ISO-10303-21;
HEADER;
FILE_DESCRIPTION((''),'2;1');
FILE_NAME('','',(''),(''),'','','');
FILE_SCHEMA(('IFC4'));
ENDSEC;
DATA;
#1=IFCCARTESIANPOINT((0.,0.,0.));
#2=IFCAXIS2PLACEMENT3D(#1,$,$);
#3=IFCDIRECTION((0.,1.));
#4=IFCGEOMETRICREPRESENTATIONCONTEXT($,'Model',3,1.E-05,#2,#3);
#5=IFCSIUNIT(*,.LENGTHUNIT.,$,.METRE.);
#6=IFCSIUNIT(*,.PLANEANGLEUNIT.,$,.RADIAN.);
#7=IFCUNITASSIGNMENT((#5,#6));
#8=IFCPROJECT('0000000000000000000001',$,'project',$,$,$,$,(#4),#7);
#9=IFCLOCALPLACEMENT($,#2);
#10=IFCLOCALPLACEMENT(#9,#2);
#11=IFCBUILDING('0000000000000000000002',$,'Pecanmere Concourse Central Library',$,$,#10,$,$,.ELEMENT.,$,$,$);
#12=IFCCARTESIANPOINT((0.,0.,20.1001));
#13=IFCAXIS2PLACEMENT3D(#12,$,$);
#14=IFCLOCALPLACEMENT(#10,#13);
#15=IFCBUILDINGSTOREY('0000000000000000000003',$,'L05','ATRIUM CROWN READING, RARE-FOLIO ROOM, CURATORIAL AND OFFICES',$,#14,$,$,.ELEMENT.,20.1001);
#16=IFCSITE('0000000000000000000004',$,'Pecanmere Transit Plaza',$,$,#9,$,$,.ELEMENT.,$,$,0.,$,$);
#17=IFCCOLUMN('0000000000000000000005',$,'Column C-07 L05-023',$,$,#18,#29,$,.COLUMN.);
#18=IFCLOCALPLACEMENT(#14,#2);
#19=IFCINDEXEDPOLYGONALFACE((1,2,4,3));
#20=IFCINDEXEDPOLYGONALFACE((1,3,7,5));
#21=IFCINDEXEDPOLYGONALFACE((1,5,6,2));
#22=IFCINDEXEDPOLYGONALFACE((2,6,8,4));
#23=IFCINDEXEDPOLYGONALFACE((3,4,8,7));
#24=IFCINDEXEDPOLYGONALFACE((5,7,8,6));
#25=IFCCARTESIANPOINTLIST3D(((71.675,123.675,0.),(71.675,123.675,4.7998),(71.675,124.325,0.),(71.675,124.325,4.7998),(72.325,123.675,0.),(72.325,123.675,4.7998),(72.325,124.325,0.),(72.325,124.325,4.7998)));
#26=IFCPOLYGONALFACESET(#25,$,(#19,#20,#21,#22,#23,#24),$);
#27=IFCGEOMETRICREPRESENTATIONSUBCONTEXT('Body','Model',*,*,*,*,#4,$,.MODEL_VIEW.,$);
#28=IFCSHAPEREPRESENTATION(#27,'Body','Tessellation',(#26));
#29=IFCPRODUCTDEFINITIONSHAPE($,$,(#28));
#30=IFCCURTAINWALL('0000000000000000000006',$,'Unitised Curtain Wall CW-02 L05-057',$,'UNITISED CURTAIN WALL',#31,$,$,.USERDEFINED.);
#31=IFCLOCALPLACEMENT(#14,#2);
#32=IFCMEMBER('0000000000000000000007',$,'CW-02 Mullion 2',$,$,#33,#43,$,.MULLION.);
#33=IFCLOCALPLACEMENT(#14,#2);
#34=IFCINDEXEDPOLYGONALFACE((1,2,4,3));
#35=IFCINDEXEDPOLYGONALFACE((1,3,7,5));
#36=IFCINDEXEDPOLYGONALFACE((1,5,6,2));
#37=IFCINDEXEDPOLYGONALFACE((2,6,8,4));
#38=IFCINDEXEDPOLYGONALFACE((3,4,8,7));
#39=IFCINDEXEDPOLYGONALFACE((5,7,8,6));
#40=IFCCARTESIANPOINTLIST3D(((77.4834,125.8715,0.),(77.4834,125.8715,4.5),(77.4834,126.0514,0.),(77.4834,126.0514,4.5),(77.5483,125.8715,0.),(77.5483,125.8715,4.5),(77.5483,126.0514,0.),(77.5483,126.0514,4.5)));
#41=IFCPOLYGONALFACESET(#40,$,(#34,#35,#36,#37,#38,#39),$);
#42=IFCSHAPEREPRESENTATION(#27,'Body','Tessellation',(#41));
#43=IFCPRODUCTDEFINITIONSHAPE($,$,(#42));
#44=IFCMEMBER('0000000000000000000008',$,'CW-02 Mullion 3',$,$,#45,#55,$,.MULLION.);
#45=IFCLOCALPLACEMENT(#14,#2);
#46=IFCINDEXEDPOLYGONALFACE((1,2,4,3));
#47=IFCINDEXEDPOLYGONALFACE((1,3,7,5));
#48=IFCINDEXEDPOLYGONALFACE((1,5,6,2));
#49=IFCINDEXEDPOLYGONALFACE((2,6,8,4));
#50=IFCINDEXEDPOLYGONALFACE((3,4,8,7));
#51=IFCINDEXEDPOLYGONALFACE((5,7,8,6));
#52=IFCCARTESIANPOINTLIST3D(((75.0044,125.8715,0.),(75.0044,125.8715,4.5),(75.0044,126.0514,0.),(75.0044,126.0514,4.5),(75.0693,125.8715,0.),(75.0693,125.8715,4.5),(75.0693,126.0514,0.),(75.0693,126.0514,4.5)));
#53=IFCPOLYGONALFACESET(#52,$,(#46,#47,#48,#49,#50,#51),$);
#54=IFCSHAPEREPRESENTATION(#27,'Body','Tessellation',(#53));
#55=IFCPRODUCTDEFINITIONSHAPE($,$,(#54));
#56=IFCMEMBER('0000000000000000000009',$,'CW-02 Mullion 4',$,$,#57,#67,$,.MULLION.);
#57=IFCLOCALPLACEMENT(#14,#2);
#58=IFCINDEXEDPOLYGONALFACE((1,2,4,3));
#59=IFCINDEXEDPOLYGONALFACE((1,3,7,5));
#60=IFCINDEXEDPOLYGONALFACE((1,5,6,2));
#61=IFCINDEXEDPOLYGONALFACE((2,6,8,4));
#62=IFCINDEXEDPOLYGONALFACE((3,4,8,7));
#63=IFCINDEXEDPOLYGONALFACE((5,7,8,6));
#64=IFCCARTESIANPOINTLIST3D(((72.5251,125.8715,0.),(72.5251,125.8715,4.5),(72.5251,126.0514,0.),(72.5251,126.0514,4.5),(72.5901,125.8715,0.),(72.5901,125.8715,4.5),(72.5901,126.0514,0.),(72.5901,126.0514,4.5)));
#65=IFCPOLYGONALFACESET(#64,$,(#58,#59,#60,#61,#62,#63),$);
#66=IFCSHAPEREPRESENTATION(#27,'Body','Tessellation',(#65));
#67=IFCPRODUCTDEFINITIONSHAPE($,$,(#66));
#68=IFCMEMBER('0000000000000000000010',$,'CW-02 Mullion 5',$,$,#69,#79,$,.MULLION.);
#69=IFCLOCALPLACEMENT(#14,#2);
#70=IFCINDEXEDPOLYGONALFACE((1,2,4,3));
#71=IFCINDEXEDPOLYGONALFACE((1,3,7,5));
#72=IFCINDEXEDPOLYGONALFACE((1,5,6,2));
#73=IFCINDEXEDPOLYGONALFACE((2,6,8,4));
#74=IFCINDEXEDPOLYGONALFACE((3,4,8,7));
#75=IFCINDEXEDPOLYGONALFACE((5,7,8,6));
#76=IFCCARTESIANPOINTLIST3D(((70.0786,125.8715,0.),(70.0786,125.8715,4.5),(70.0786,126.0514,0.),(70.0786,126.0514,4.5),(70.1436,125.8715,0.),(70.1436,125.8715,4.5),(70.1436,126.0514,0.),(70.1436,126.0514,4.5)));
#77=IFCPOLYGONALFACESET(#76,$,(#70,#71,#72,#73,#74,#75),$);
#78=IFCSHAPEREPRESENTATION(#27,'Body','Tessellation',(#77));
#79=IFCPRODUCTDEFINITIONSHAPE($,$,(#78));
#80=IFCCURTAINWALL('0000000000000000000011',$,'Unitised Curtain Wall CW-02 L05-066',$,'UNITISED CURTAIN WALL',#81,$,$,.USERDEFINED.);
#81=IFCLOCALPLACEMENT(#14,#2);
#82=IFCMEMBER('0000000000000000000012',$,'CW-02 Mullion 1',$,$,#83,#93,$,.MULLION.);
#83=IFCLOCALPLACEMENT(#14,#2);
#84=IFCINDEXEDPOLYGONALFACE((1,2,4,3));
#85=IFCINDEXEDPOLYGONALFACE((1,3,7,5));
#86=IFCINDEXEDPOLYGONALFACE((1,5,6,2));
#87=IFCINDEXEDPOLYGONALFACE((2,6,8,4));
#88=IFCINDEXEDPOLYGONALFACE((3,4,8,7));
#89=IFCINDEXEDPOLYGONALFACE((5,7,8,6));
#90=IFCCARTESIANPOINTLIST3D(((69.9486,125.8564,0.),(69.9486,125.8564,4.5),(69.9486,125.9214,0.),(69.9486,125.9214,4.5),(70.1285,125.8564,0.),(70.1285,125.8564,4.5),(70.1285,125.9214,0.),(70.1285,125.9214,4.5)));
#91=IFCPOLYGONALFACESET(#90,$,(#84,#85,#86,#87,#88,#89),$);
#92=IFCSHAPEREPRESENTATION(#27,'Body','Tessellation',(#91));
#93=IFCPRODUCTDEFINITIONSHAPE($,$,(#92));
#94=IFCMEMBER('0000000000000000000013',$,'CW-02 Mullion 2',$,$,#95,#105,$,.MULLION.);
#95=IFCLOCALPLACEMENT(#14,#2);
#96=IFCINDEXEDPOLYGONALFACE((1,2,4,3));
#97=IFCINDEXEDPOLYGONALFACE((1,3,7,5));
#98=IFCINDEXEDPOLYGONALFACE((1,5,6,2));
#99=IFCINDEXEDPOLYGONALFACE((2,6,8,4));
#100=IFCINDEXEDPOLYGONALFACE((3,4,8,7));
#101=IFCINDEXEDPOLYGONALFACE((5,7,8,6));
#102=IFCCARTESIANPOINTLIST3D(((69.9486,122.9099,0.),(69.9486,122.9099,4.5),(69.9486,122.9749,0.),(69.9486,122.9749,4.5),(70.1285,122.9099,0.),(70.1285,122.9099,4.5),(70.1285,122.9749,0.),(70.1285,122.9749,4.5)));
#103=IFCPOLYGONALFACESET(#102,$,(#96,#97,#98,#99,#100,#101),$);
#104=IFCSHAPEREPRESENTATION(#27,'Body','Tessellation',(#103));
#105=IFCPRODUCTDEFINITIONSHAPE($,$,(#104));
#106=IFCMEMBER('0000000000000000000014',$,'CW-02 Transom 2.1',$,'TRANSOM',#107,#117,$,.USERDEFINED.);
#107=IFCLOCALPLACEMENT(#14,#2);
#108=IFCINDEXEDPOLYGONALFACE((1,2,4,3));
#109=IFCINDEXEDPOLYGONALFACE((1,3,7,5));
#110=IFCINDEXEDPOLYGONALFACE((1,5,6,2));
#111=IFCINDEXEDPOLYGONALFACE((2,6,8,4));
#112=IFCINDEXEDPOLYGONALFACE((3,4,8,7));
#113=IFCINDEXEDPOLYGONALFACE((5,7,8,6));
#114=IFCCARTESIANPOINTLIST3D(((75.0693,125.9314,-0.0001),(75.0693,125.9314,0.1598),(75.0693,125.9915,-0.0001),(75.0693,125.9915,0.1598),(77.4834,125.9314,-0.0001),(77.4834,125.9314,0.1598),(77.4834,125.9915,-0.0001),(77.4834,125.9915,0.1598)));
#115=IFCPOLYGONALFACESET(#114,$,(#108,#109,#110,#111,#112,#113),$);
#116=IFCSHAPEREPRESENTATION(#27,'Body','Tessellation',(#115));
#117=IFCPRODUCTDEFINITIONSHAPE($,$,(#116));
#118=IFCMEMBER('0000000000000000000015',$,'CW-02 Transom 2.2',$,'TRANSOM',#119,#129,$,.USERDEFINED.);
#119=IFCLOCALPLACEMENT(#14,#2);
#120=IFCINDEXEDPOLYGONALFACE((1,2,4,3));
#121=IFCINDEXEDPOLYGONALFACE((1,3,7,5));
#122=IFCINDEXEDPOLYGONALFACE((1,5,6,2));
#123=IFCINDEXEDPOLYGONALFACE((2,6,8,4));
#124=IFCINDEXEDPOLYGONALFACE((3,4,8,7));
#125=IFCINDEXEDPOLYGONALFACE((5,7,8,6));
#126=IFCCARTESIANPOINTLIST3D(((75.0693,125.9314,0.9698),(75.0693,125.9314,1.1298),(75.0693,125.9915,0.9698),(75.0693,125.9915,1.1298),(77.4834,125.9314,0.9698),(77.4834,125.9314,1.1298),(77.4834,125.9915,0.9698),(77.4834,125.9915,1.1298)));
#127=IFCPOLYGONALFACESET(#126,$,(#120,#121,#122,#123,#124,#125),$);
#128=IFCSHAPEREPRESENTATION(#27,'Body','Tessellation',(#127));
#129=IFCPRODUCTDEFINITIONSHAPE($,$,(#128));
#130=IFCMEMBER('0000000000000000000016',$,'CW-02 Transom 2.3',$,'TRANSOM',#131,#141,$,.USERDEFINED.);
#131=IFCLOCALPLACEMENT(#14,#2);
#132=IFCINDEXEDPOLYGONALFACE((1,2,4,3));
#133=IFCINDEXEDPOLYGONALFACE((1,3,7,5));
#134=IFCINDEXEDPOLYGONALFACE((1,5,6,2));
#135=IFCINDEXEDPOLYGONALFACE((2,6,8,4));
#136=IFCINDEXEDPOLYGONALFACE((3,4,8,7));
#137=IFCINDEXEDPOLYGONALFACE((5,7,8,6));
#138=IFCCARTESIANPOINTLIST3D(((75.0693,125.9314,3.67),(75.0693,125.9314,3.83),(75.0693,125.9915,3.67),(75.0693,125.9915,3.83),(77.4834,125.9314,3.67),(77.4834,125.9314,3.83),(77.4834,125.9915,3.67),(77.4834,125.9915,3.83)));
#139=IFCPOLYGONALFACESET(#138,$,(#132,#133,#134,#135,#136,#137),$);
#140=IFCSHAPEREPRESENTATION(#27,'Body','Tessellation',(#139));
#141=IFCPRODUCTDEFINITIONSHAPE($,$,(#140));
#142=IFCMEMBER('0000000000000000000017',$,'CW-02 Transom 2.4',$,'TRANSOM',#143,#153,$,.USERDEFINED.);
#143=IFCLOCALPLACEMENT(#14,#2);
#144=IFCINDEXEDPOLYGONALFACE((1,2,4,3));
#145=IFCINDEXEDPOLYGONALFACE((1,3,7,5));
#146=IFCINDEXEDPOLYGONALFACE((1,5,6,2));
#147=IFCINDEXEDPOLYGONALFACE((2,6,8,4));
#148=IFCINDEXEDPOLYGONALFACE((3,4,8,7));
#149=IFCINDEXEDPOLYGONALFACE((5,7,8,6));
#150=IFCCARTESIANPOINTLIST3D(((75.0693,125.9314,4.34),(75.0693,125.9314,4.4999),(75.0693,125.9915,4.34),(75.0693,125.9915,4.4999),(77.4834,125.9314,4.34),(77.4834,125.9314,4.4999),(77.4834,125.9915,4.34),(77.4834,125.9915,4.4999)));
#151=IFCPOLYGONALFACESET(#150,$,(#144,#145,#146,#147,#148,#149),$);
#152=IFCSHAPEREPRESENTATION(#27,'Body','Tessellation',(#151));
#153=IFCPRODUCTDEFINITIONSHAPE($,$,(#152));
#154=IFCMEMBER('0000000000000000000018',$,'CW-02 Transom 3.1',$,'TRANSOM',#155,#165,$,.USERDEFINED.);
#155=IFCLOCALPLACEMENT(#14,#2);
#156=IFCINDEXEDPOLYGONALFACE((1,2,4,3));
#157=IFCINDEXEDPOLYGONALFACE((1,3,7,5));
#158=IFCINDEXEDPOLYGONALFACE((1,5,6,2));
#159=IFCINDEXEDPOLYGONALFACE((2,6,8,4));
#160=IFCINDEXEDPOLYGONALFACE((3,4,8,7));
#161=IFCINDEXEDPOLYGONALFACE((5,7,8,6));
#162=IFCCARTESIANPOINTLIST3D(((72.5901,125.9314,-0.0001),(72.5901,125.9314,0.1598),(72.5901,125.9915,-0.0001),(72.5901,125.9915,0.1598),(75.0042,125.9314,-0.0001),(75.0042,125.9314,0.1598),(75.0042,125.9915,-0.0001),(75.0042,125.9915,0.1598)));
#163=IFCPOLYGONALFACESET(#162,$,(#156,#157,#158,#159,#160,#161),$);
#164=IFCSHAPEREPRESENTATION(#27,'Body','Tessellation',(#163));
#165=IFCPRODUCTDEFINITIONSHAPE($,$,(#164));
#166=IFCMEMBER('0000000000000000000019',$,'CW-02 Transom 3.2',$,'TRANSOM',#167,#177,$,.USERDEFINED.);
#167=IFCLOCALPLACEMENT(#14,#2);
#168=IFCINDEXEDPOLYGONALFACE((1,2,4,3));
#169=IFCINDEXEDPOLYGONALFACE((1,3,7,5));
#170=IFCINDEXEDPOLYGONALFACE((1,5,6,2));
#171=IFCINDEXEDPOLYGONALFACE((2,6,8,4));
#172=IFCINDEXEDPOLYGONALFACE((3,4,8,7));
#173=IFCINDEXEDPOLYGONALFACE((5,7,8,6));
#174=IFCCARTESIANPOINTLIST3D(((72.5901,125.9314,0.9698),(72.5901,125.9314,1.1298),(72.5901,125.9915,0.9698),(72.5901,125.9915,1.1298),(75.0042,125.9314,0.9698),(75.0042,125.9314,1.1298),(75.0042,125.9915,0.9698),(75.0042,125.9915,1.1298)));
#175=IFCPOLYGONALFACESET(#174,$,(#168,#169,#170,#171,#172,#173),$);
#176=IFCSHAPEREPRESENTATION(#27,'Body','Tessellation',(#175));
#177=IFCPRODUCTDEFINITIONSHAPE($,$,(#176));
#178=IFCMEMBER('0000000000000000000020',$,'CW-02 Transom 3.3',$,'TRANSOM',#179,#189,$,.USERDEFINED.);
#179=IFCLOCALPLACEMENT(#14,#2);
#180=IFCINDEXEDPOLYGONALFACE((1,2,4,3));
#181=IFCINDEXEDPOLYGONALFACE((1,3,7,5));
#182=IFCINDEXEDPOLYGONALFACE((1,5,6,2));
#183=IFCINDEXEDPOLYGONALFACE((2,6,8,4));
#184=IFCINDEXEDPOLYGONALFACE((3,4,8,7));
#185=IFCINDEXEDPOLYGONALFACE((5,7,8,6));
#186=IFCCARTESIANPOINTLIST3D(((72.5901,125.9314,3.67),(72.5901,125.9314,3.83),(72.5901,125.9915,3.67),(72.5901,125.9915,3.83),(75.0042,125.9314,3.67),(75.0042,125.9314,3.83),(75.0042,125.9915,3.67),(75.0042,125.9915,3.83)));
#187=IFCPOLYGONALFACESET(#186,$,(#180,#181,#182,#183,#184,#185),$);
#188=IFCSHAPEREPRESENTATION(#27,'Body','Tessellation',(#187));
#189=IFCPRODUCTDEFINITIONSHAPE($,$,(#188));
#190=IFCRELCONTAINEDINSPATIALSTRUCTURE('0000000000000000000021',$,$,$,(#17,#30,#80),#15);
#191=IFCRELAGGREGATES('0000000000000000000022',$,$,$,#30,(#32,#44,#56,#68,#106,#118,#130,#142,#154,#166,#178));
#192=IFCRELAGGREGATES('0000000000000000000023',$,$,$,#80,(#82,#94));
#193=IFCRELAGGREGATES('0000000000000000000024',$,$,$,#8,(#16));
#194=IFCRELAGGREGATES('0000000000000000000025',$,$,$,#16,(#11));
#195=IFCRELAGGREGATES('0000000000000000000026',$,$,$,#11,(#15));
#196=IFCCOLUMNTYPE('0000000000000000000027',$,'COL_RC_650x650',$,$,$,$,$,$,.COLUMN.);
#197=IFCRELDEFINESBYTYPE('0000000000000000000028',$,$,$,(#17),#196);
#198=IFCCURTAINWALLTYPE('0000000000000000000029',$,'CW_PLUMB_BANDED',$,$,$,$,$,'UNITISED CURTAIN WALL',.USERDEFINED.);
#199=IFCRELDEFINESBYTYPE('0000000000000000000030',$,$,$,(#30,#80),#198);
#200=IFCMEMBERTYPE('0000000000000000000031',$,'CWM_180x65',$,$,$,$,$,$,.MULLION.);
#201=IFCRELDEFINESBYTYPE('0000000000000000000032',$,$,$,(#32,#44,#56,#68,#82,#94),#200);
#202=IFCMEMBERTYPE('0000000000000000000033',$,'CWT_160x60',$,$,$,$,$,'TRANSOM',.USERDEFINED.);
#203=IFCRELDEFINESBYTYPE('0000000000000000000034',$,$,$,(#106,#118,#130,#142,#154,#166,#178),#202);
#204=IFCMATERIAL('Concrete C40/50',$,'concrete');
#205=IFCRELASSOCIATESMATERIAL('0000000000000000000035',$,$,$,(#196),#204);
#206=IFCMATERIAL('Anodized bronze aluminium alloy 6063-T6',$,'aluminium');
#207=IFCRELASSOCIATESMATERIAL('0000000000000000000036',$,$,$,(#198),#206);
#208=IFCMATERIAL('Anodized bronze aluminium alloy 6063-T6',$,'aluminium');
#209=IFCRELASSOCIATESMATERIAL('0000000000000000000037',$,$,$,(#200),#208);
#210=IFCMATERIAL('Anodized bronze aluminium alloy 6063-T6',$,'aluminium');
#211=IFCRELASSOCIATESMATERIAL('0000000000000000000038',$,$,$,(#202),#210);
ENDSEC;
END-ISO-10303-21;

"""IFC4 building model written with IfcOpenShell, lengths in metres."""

from ifc_helpers import new_model, si_unit, direction, frame, origin, origin_2d, place, context, subcontext, project, spatial, rectangle, extrude, material, material_profile, profile_set, type_object, element, aggregate, save


model = new_model("IFC4")

# Units and contexts
model_context = context("Model", 3, precision=1e-05, world=origin(), true_north=direction((0.0, 1.0)))
body_context = subcontext(model_context, "Body", "Model", "MODEL_VIEW")
ifc_project = project(units=[si_unit("LENGTHUNIT", "METRE"), si_unit("PLANEANGLEUNIT", "RADIAN")], contexts=[model_context])

# Site, building, storey
site_placement = place(None, origin())
site = spatial("IfcSite", under=ifc_project, at=site_placement, Name="Pecanmere Transit Plaza", CompositionType="ELEMENT", RefElevation=0.0)
building_placement = place(site_placement, origin())
building = spatial("IfcBuilding", under=site, at=building_placement, Name="Pecanmere Concourse Central Library", CompositionType="ELEMENT")
storey_placement = place(building_placement, frame((0.0, 0.0, 20.1001)))
storey = spatial("IfcBuildingStorey", under=building, at=storey_placement, Name="L05", Description="ATRIUM CROWN READING, RARE-FOLIO ROOM, CURATORIAL AND OFFICES", CompositionType="ELEMENT", Elevation=20.1001)

# Column
ifc_material_1 = material(Name="Concrete C40/50", Category="concrete")
ifc_material_profile_1 = material_profile(ifc_material_1, rectangle(XDim=0.6499, YDim=0.6499, at=origin_2d()), Name="RC 650x650")
ifc_profile_set_1 = profile_set([ifc_material_profile_1], Name="Concrete C40/50")
column_type = type_object("IfcColumnType", Name="COL_RC_650x650", PredefinedType="COLUMN", material=ifc_profile_set_1)
column_placement = place(storey_placement, frame((72.0, 124.0, 0.0), z_axis=(0.0, 0.0, 1.0), x_axis=(1.0, 0.0, 0.0)))
element("IfcColumn", 1, at=column_placement, inside=storey, type_object=column_type, Name="Column C-07 L05-023", PredefinedType="COLUMN", context=body_context, shape_type="SweptSolid", body=[
    extrude(rectangle(XDim=0.6499, YDim=0.6499, at=origin_2d()), origin(), (0.0, 0.0, 1.0), 4.7998),
])

# Curtain walls, members
ifc_material_2 = material(Name="Anodized bronze aluminium alloy 6063-T6", Category="aluminium")
curtain_wall_type = type_object("IfcCurtainWallType", Name="CW_PLUMB_BANDED", ElementType="UNITISED CURTAIN WALL", PredefinedType="USERDEFINED", material=ifc_material_2)
curtain_wall_1_placement = place(storey_placement, origin())
curtain_wall_1 = element("IfcCurtainWall", 2, at=curtain_wall_1_placement, inside=storey, type_object=curtain_wall_type, Name="Unitised Curtain Wall CW-02 L05-057", ObjectType="UNITISED CURTAIN WALL", PredefinedType="USERDEFINED")
ifc_material_3 = material(Name="Anodized bronze aluminium alloy 6063-T6", Category="aluminium")
ifc_material_profile_2 = material_profile(ifc_material_3, rectangle(XDim=0.0649, YDim=0.1799, at=origin_2d()), Name="AL 65x180")
ifc_profile_set_2 = profile_set([ifc_material_profile_2], Name="Anodized bronze aluminium alloy 6063-T6")
member_type_1 = type_object("IfcMemberType", Name="CWM_180x65", PredefinedType="MULLION", material=ifc_profile_set_2)
member_1_placement = place(storey_placement, frame((77.5159, 125.9614, 0.0), z_axis=(0.0, 0.0, 1.0), x_axis=(-1.0, 0.0, 0.0)))
member_1 = element("IfcMember", 3, at=member_1_placement, type_object=member_type_1, Name="CW-02 Mullion 2", PredefinedType="MULLION", context=body_context, shape_type="SweptSolid", body=[
    extrude(rectangle(XDim=0.0649, YDim=0.1799, at=origin_2d()), origin(), (0.0, 0.0, 1.0), 4.5),
])
member_2_placement = place(storey_placement, frame((75.0369, 125.9614, 0.0), z_axis=(0.0, 0.0, 1.0), x_axis=(-1.0, 0.0, 0.0)))
member_2 = element("IfcMember", 4, at=member_2_placement, type_object=member_type_1, Name="CW-02 Mullion 3", PredefinedType="MULLION", context=body_context, shape_type="SweptSolid", body=[
    extrude(rectangle(XDim=0.0649, YDim=0.1799, at=origin_2d()), origin(), (0.0, 0.0, 1.0), 4.5),
])
member_3_placement = place(storey_placement, frame((72.5576, 125.9614, 0.0), z_axis=(0.0, 0.0, 1.0), x_axis=(-1.0, 0.0, 0.0)))
member_3 = element("IfcMember", 5, at=member_3_placement, type_object=member_type_1, Name="CW-02 Mullion 4", PredefinedType="MULLION", context=body_context, shape_type="SweptSolid", body=[
    extrude(rectangle(XDim=0.0649, YDim=0.1799, at=origin_2d()), origin(), (0.0, 0.0, 1.0), 4.5),
])
member_4_placement = place(storey_placement, frame((70.1111, 125.9614, 0.0), z_axis=(0.0, 0.0, 1.0), x_axis=(-1.0, 0.0, 0.0)))
member_4 = element("IfcMember", 6, at=member_4_placement, type_object=member_type_1, Name="CW-02 Mullion 5", PredefinedType="MULLION", context=body_context, shape_type="SweptSolid", body=[
    extrude(rectangle(XDim=0.0649, YDim=0.1799, at=origin_2d()), origin(), (0.0, 0.0, 1.0), 4.5),
])
curtain_wall_2_placement = place(storey_placement, origin())
curtain_wall_2 = element("IfcCurtainWall", 7, at=curtain_wall_2_placement, inside=storey, type_object=curtain_wall_type, Name="Unitised Curtain Wall CW-02 L05-066", ObjectType="UNITISED CURTAIN WALL", PredefinedType="USERDEFINED")
member_5_placement = place(storey_placement, frame((70.0386, 125.8889, 0.0), z_axis=(0.0, 0.0, 1.0), x_axis=(0.0, -1.0, 0.0)))
member_5 = element("IfcMember", 8, at=member_5_placement, type_object=member_type_1, Name="CW-02 Mullion 1", PredefinedType="MULLION", context=body_context, shape_type="SweptSolid", body=[
    extrude(rectangle(XDim=0.0649, YDim=0.1799, at=origin_2d()), origin(), (0.0, 0.0, 1.0), 4.5),
])
member_6_placement = place(storey_placement, frame((70.0386, 122.9424, 0.0), z_axis=(0.0, 0.0, 1.0), x_axis=(0.0, -1.0, 0.0)))
member_6 = element("IfcMember", 9, at=member_6_placement, type_object=member_type_1, Name="CW-02 Mullion 2", PredefinedType="MULLION", context=body_context, shape_type="SweptSolid", body=[
    extrude(rectangle(XDim=0.0649, YDim=0.1799, at=origin_2d()), origin(), (0.0, 0.0, 1.0), 4.5),
])

# Members
ifc_material_4 = material(Name="Anodized bronze aluminium alloy 6063-T6", Category="aluminium")
ifc_material_profile_3 = material_profile(ifc_material_4, rectangle(XDim=0.0601, YDim=0.1599, at=origin_2d()), Name="AL 60x160")
ifc_profile_set_3 = profile_set([ifc_material_profile_3], Name="Anodized bronze aluminium alloy 6063-T6")
member_type_2 = type_object("IfcMemberType", Name="CWT_160x60", ElementType="TRANSOM", PredefinedType="USERDEFINED", material=ifc_profile_set_3)
member_7_placement = place(storey_placement, frame((77.4834, 125.9614, 0.0798), z_axis=(-1.0, 0.0, 0.0), x_axis=(0.0, -1.0, 0.0)))
member_7 = element("IfcMember", 10, at=member_7_placement, type_object=member_type_2, Name="CW-02 Transom 2.1", ObjectType="TRANSOM", PredefinedType="USERDEFINED", context=body_context, shape_type="SweptSolid", body=[
    extrude(rectangle(XDim=0.0601, YDim=0.1599, at=origin_2d()), origin(), (0.0, 0.0, 1.0), 2.4141),
])
member_8_placement = place(storey_placement, frame((77.4834, 125.9614, 1.0498), z_axis=(-1.0, 0.0, 0.0), x_axis=(0.0, -1.0, 0.0)))
member_8 = element("IfcMember", 11, at=member_8_placement, type_object=member_type_2, Name="CW-02 Transom 2.2", ObjectType="TRANSOM", PredefinedType="USERDEFINED", context=body_context, shape_type="SweptSolid", body=[
    extrude(rectangle(XDim=0.0601, YDim=0.1599, at=origin_2d()), origin(), (0.0, 0.0, 1.0), 2.4141),
])
member_9_placement = place(storey_placement, frame((77.4834, 125.9614, 3.75), z_axis=(-1.0, 0.0, 0.0), x_axis=(0.0, -1.0, 0.0)))
member_9 = element("IfcMember", 12, at=member_9_placement, type_object=member_type_2, Name="CW-02 Transom 2.3", ObjectType="TRANSOM", PredefinedType="USERDEFINED", context=body_context, shape_type="SweptSolid", body=[
    extrude(rectangle(XDim=0.0601, YDim=0.1599, at=origin_2d()), origin(), (0.0, 0.0, 1.0), 2.4141),
])
member_10_placement = place(storey_placement, frame((77.4834, 125.9614, 4.4199), z_axis=(-1.0, 0.0, 0.0), x_axis=(0.0, -1.0, 0.0)))
member_10 = element("IfcMember", 13, at=member_10_placement, type_object=member_type_2, Name="CW-02 Transom 2.4", ObjectType="TRANSOM", PredefinedType="USERDEFINED", context=body_context, shape_type="SweptSolid", body=[
    extrude(rectangle(XDim=0.0601, YDim=0.1599, at=origin_2d()), origin(), (0.0, 0.0, 1.0), 2.4141),
])
member_11_placement = place(storey_placement, frame((75.0042, 125.9614, 0.0798), z_axis=(-1.0, 0.0, 0.0), x_axis=(0.0, -1.0, 0.0)))
member_11 = element("IfcMember", 14, at=member_11_placement, type_object=member_type_2, Name="CW-02 Transom 3.1", ObjectType="TRANSOM", PredefinedType="USERDEFINED", context=body_context, shape_type="SweptSolid", body=[
    extrude(rectangle(XDim=0.0601, YDim=0.1599, at=origin_2d()), origin(), (0.0, 0.0, 1.0), 2.4141),
])
member_12_placement = place(storey_placement, frame((75.0042, 125.9614, 1.0498), z_axis=(-1.0, 0.0, 0.0), x_axis=(0.0, -1.0, 0.0)))
member_12 = element("IfcMember", 15, at=member_12_placement, type_object=member_type_2, Name="CW-02 Transom 3.2", ObjectType="TRANSOM", PredefinedType="USERDEFINED", context=body_context, shape_type="SweptSolid", body=[
    extrude(rectangle(XDim=0.0601, YDim=0.1599, at=origin_2d()), origin(), (0.0, 0.0, 1.0), 2.4141),
])
member_13_placement = place(storey_placement, frame((75.0042, 125.9614, 3.75), z_axis=(-1.0, 0.0, 0.0), x_axis=(0.0, -1.0, 0.0)))
member_13 = element("IfcMember", 16, at=member_13_placement, type_object=member_type_2, Name="CW-02 Transom 3.3", ObjectType="TRANSOM", PredefinedType="USERDEFINED", context=body_context, shape_type="SweptSolid", body=[
    extrude(rectangle(XDim=0.0601, YDim=0.1599, at=origin_2d()), origin(), (0.0, 0.0, 1.0), 2.4141),
])

aggregate(curtain_wall_1, [member_1, member_2, member_3, member_4, member_7, member_8, member_9, member_10, member_11, member_12, member_13])
aggregate(curtain_wall_2, [member_5, member_6])

save(model, "model.ifc")
